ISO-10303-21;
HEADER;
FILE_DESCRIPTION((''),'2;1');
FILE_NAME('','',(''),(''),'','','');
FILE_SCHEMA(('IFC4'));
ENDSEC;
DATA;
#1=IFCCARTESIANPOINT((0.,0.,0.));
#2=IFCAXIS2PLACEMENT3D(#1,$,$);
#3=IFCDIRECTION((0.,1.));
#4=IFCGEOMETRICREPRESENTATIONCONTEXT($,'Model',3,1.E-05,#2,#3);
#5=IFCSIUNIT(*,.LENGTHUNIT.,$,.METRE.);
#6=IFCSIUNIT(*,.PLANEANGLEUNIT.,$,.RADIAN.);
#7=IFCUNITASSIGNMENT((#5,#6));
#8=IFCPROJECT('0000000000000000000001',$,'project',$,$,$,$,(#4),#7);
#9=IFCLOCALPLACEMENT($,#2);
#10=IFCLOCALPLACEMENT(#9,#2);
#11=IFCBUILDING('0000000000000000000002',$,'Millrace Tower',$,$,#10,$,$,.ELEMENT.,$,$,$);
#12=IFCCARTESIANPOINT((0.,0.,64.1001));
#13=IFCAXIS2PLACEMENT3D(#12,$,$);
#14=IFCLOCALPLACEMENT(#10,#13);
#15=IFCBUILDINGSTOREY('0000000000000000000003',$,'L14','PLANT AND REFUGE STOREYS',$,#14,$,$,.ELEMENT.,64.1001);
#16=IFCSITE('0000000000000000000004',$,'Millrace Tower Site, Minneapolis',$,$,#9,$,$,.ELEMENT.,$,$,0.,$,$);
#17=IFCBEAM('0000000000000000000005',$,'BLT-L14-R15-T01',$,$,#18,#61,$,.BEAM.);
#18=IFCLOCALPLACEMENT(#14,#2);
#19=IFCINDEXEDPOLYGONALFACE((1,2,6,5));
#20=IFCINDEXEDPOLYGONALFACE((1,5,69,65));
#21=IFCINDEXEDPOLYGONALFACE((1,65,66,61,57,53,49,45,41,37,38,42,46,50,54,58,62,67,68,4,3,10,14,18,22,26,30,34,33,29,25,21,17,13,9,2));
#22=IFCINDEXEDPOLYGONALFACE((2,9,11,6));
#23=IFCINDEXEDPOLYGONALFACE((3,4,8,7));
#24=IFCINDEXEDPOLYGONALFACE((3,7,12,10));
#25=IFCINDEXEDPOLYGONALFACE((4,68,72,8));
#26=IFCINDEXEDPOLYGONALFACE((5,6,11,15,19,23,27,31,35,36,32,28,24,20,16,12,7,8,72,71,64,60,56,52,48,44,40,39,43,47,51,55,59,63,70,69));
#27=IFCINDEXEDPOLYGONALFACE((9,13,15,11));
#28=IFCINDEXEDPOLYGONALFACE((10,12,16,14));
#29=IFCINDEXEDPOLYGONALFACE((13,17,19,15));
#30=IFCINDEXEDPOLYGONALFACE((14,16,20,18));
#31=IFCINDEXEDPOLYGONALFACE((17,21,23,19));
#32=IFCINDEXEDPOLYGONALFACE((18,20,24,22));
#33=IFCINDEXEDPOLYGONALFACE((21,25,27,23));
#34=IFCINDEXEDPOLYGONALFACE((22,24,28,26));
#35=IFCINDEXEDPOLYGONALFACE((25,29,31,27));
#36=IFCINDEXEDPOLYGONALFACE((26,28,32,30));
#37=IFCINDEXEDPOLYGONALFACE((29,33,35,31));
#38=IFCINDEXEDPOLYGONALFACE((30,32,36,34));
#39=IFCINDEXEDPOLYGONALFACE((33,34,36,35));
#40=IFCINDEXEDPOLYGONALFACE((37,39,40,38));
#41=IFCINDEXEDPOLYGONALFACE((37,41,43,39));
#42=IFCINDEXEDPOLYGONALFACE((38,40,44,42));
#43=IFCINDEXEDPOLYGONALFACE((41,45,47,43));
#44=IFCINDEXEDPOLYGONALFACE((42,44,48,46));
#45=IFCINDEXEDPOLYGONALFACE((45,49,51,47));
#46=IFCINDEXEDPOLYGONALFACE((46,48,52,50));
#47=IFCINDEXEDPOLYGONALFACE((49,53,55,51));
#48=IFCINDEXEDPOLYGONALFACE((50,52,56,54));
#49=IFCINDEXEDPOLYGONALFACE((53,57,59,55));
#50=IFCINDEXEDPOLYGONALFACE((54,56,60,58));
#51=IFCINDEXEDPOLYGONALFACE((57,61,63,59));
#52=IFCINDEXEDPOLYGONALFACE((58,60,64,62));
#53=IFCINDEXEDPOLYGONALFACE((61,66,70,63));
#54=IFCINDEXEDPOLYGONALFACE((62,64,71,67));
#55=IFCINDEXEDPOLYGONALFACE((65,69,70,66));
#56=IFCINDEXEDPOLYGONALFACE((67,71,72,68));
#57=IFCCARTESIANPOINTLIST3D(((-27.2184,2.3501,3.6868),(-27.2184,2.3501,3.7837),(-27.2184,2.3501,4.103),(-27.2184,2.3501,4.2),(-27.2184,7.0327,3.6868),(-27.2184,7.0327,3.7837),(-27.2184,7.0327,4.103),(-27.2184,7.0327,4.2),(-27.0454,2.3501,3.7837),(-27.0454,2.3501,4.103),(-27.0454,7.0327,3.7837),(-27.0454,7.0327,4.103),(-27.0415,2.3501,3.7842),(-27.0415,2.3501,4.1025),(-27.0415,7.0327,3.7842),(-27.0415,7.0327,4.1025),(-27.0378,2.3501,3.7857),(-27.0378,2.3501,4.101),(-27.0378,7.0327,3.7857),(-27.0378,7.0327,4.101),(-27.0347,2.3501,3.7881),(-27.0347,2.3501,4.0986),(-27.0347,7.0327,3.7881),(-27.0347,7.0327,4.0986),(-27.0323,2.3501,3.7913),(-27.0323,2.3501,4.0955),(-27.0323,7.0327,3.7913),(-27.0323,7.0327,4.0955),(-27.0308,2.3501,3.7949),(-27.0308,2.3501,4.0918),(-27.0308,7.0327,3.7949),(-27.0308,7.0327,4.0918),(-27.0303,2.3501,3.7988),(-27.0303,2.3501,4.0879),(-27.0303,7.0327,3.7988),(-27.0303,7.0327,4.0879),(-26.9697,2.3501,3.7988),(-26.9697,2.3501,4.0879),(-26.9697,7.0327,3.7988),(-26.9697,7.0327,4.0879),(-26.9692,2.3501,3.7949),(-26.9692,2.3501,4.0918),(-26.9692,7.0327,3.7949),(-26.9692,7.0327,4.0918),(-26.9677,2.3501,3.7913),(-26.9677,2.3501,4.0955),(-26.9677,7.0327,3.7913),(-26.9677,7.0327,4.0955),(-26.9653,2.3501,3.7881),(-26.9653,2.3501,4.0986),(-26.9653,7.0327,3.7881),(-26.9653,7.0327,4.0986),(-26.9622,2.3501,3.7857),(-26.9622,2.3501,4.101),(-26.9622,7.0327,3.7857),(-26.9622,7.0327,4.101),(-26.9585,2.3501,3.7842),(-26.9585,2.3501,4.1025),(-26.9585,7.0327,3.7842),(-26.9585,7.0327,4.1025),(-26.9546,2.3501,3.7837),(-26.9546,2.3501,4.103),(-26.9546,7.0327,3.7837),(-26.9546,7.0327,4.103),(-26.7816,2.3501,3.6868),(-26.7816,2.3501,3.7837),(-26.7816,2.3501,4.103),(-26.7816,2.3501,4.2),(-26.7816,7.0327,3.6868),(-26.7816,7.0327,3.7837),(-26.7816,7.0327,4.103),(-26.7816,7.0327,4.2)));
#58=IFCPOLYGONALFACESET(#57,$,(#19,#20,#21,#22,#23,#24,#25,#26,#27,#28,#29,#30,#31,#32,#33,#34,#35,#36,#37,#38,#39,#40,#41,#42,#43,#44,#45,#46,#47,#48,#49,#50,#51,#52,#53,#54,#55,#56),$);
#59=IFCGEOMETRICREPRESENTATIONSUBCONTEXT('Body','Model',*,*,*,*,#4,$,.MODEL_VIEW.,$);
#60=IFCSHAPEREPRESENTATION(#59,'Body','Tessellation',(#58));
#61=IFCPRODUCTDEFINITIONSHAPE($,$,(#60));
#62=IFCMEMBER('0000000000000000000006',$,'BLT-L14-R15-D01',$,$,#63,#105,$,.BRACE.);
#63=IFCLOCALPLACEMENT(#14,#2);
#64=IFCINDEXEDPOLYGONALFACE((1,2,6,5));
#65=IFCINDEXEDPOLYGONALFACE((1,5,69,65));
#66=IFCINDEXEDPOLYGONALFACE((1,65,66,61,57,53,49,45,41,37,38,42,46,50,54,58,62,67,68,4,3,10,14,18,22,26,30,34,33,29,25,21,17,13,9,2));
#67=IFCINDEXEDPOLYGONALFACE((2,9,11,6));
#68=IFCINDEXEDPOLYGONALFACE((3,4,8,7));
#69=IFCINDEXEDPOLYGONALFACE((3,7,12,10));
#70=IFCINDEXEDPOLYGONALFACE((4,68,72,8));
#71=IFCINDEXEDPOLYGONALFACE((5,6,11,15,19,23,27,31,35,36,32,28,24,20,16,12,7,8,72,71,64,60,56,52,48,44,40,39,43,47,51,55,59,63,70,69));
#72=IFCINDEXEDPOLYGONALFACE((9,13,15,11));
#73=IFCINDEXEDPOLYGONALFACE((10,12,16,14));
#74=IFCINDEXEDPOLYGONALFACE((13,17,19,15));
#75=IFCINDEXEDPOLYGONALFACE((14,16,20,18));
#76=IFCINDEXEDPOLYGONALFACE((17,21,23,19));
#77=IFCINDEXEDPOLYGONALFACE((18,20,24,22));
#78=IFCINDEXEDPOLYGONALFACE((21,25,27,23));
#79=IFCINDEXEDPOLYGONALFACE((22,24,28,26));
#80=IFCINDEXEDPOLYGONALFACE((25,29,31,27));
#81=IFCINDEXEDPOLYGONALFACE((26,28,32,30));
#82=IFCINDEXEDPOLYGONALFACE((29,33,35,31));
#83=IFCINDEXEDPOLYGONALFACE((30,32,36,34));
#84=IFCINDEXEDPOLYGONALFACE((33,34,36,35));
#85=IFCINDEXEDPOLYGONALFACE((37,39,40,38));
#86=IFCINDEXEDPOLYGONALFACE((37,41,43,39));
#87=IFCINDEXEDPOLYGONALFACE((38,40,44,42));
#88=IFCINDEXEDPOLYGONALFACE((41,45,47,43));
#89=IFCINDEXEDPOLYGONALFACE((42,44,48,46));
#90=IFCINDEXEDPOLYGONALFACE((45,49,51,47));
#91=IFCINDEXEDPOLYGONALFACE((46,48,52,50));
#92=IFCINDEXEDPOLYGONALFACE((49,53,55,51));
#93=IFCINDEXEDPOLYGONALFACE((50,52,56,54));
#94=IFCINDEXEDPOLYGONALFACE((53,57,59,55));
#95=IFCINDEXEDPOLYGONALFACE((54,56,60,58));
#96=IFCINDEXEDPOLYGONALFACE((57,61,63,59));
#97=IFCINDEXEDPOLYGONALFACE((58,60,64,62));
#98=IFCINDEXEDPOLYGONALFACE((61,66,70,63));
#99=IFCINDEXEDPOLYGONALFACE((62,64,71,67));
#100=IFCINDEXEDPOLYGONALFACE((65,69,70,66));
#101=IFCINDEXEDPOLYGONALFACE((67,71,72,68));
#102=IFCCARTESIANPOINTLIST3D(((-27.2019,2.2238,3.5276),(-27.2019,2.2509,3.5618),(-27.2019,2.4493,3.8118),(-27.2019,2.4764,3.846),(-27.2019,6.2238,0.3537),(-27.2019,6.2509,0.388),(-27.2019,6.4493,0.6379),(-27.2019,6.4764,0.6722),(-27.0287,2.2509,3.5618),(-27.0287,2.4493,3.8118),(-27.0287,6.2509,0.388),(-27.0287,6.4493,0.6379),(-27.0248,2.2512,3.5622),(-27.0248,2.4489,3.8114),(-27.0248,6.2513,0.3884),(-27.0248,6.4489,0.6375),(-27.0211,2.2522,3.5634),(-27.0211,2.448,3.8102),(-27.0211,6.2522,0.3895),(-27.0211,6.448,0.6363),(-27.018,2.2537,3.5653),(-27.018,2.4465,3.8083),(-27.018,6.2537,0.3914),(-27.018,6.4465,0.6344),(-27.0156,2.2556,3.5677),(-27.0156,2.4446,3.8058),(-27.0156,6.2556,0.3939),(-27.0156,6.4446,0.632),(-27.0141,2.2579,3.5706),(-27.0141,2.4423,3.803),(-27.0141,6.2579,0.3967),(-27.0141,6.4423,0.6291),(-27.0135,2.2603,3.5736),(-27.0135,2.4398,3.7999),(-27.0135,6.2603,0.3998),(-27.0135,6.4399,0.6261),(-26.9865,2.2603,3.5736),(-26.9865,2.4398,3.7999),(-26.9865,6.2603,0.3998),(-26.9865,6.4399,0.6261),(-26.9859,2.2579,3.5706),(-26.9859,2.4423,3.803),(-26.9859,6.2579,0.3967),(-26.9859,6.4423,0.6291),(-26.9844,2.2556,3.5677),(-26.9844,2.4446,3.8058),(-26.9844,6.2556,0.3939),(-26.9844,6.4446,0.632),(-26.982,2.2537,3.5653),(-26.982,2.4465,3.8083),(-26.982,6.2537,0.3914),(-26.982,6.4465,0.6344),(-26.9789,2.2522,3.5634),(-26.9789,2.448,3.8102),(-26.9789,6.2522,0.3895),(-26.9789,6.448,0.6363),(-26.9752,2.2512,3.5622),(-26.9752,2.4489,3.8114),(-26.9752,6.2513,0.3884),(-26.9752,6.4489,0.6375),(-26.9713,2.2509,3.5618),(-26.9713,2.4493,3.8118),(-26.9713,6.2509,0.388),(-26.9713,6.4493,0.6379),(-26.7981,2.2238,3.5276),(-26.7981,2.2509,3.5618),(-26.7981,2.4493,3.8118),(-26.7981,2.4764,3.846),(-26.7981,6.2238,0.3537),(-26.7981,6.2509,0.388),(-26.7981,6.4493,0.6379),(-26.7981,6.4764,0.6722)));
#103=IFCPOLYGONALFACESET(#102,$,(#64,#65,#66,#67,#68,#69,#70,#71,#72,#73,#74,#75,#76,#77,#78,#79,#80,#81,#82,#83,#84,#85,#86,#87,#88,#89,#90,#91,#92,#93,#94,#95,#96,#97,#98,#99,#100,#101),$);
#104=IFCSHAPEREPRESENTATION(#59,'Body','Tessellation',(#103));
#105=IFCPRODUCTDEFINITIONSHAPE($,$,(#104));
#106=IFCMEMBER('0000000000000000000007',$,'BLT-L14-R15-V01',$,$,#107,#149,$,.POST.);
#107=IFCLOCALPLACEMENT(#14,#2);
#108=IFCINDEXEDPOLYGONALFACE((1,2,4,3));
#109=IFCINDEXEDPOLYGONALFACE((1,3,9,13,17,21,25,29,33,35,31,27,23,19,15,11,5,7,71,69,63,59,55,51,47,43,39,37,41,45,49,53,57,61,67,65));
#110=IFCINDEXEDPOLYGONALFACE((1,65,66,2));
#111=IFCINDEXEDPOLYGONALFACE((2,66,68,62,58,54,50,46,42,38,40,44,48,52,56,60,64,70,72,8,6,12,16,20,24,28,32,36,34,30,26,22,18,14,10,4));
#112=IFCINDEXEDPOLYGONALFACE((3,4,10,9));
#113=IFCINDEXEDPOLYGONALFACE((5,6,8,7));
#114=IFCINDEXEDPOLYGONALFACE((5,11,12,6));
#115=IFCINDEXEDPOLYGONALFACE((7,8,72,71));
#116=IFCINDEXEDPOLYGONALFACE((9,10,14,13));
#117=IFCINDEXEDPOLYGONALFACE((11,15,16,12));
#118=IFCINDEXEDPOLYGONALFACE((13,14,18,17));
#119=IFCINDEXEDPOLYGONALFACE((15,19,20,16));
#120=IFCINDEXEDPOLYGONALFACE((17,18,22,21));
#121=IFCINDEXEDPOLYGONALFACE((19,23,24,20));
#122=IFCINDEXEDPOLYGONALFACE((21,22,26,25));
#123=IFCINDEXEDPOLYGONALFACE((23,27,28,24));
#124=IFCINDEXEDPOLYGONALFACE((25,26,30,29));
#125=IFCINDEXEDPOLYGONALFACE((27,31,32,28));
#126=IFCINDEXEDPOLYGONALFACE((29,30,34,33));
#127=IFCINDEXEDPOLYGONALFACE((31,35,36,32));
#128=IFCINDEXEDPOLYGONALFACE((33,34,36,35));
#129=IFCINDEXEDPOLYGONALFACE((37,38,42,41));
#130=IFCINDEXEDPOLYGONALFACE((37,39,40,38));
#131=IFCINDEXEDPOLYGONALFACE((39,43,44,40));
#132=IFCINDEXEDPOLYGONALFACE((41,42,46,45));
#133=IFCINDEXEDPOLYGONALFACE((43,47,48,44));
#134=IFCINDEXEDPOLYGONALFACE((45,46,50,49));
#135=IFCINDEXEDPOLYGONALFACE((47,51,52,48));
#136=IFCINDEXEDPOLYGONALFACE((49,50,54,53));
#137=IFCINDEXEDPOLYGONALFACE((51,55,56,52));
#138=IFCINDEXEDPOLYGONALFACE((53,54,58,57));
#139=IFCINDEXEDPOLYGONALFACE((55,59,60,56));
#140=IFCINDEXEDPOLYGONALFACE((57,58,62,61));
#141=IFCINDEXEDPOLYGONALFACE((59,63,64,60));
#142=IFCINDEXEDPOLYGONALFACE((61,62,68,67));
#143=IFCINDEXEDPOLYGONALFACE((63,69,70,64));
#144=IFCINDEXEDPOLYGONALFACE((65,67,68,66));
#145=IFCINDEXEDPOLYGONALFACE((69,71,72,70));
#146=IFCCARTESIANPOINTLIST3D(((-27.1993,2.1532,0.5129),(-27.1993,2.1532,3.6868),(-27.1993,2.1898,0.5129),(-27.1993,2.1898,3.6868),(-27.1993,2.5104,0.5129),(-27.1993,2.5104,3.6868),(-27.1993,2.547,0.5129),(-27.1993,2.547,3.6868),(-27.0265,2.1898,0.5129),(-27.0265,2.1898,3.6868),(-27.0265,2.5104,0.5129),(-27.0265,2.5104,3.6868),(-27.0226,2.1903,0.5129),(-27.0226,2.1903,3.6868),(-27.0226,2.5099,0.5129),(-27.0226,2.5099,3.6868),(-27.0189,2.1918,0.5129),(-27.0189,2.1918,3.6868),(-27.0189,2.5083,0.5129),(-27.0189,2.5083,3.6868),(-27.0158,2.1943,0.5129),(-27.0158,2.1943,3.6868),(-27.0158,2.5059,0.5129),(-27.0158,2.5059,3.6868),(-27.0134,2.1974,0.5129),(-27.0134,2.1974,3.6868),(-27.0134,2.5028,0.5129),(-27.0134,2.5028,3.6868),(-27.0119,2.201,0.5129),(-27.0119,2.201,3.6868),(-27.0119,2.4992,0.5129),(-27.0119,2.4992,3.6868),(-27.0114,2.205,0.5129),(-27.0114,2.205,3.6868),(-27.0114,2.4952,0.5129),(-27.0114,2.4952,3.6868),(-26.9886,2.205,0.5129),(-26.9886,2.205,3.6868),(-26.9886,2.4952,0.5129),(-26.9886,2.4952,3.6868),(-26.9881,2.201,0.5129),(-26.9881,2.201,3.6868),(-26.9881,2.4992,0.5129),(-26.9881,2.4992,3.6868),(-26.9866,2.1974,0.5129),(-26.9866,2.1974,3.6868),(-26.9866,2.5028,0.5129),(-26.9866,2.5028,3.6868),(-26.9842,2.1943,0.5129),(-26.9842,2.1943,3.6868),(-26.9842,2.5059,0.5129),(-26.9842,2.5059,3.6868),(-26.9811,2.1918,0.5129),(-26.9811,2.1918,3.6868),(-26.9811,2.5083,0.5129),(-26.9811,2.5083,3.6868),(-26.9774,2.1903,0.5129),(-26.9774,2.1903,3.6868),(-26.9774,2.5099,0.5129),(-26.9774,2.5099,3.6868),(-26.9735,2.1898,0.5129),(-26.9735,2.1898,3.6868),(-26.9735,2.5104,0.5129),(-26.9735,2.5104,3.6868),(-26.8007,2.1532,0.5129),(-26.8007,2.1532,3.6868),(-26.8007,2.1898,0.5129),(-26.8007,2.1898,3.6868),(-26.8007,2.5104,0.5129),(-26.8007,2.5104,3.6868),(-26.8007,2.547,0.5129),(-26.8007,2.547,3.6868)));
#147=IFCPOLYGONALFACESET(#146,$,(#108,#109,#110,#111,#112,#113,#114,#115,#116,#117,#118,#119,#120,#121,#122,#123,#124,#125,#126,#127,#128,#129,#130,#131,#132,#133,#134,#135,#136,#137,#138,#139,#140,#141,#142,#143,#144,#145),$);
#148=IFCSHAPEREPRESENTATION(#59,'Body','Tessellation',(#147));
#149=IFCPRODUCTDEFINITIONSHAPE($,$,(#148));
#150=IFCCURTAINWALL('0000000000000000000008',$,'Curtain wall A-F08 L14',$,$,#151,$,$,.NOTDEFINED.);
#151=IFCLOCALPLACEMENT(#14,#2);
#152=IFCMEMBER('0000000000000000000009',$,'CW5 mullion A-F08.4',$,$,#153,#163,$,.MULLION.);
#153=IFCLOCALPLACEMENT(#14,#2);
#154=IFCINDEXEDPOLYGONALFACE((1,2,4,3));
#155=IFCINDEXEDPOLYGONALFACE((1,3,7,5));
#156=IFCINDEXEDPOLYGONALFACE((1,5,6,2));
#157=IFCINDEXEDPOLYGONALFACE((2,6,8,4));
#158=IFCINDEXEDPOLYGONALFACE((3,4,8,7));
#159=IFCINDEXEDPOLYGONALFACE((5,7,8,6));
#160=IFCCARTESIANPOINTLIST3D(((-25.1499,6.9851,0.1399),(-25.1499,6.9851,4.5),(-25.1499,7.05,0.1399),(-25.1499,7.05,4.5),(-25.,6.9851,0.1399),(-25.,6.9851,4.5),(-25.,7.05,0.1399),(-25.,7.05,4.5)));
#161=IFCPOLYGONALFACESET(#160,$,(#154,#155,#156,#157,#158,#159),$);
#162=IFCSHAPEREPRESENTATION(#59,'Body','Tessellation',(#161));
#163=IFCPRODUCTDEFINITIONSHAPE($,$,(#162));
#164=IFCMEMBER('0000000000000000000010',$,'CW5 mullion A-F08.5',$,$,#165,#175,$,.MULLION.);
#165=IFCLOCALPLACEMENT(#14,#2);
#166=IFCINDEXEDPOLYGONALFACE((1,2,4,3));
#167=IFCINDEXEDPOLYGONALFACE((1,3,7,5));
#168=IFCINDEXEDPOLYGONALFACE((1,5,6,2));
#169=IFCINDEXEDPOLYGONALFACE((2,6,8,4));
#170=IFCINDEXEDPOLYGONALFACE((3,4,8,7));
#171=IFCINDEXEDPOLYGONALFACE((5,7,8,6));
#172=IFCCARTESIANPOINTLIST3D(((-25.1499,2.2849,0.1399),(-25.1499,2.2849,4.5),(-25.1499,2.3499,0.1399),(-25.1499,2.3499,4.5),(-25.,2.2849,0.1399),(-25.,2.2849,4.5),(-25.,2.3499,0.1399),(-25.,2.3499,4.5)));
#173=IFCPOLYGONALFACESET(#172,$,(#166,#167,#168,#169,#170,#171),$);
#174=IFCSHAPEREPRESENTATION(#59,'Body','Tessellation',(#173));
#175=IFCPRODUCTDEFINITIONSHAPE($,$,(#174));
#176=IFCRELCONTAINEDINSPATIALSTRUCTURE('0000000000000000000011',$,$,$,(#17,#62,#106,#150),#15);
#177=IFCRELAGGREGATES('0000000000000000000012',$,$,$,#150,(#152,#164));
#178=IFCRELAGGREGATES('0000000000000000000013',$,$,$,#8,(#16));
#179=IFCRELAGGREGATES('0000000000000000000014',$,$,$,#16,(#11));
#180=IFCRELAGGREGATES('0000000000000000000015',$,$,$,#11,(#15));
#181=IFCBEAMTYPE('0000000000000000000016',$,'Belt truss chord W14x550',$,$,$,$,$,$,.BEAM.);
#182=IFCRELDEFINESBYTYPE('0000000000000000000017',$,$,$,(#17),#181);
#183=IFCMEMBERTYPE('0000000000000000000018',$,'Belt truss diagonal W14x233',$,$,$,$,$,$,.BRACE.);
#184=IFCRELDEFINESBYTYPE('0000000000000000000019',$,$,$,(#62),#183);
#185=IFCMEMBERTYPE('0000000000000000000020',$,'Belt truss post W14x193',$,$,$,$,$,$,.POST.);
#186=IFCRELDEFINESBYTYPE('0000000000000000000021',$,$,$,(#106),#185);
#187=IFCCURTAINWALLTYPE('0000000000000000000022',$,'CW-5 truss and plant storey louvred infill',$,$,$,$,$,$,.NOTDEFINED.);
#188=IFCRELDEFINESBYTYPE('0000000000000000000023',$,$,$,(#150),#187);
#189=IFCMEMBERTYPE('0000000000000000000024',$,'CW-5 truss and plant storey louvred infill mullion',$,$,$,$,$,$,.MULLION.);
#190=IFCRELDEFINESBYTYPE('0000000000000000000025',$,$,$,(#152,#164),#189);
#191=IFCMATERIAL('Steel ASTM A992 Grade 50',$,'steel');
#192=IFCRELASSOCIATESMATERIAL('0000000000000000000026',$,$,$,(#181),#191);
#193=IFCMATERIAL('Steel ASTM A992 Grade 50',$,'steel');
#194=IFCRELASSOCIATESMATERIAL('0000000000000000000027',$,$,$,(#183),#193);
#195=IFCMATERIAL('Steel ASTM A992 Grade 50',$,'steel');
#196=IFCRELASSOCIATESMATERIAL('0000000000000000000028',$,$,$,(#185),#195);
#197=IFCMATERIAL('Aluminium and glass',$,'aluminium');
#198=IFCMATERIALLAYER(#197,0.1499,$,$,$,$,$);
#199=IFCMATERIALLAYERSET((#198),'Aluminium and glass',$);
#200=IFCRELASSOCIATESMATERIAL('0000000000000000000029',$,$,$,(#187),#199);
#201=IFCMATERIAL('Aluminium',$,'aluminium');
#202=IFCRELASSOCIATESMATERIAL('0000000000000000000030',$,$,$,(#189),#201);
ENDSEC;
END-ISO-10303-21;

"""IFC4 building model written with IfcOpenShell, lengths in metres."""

from ifc_helpers import new_model, si_unit, direction, frame, origin, origin_2d, place, context, subcontext, project, spatial, rectangle, i_section, extrude, material, layer, layer_set, material_profile, profile_set, type_object, element, aggregate, save


model = new_model("IFC4")

# Units and contexts
model_context = context("Model", 3, precision=1e-05, world=origin(), true_north=direction((0.0, 1.0)))
body_context = subcontext(model_context, "Body", "Model", "MODEL_VIEW")
ifc_project = project(units=[si_unit("LENGTHUNIT", "METRE"), si_unit("PLANEANGLEUNIT", "RADIAN")], contexts=[model_context])

# Site, building, storey
site_placement = place(None, origin())
site = spatial("IfcSite", under=ifc_project, at=site_placement, Name="Millrace Tower Site, Minneapolis", CompositionType="ELEMENT", RefElevation=0.0)
building_placement = place(site_placement, origin())
building = spatial("IfcBuilding", under=site, at=building_placement, Name="Millrace Tower", CompositionType="ELEMENT")
storey_placement = place(building_placement, frame((0.0, 0.0, 64.1001)))
storey = spatial("IfcBuildingStorey", under=building, at=storey_placement, Name="L14", Description="PLANT AND REFUGE STOREYS", CompositionType="ELEMENT", Elevation=64.1001)

# Beam
ifc_material_1 = material(Name="Steel ASTM A992 Grade 50", Category="steel")
ifc_material_profile_1 = material_profile(ifc_material_1, i_section(OverallWidth=0.4368, OverallDepth=0.5132, WebThickness=0.0605, FlangeThickness=0.0969, FilletRadius=0.0151, at=origin_2d()))
ifc_profile_set_1 = profile_set([ifc_material_profile_1], Name="Steel ASTM A992 Grade 50")
beam_type_1 = type_object("IfcBeamType", Name="Belt truss chord W14x550", PredefinedType="BEAM", material=ifc_profile_set_1)
beam_1_placement = place(storey_placement, frame((-27.0, 7.0327, 3.9434), z_axis=(0.0, -1.0, 0.0), x_axis=(1.0, 0.0, 0.0)))
element("IfcBeam", 1, at=beam_1_placement, inside=storey, type_object=beam_type_1, Name="BLT-L14-R15-T01", PredefinedType="BEAM", context=body_context, shape_type="SweptSolid", body=[
    extrude(i_section(OverallWidth=0.4368, OverallDepth=0.5132, WebThickness=0.0605, FlangeThickness=0.0969, FilletRadius=0.0151, at=origin_2d()), origin(), (0.0, 0.0, 1.0), 4.6826),
])

# Members
ifc_material_2 = material(Name="Steel ASTM A992 Grade 50", Category="steel")
ifc_material_profile_2 = material_profile(ifc_material_2, i_section(OverallWidth=0.4038, OverallDepth=0.4065, WebThickness=0.0271, FlangeThickness=0.0437, FilletRadius=0.0151, at=origin_2d()))
ifc_profile_set_2 = profile_set([ifc_material_profile_2], Name="Steel ASTM A992 Grade 50")
member_type_1 = type_object("IfcMemberType", Name="Belt truss diagonal W14x233", PredefinedType="BRACE", material=ifc_profile_set_2)
member_1_placement = place(storey_placement, frame((-27.0, 6.3501, 0.5129), z_axis=(0.0, -0.783363, 0.621565), x_axis=(1.0, 0.0, 0.0)))
element("IfcMember", 2, at=member_1_placement, inside=storey, type_object=member_type_1, Name="BLT-L14-R15-D01", PredefinedType="BRACE", context=body_context, shape_type="SweptSolid", body=[
    extrude(i_section(OverallWidth=0.4038, OverallDepth=0.4065, WebThickness=0.0271, FlangeThickness=0.0437, FilletRadius=0.0151, at=origin_2d()), origin(), (0.0, 0.0, 1.0), 5.1062),
])
ifc_material_3 = material(Name="Steel ASTM A992 Grade 50", Category="steel")
ifc_material_profile_3 = material_profile(ifc_material_3, i_section(OverallWidth=0.3987, OverallDepth=0.3938, WebThickness=0.0227, FlangeThickness=0.0366, FilletRadius=0.0151, at=origin_2d()))
ifc_profile_set_3 = profile_set([ifc_material_profile_3], Name="Steel ASTM A992 Grade 50")
member_type_2 = type_object("IfcMemberType", Name="Belt truss post W14x193", PredefinedType="POST", material=ifc_profile_set_3)
member_2_placement = place(storey_placement, frame((-27.0, 2.3501, 0.5129), z_axis=(0.0, 0.0, 1.0), x_axis=(1.0, 0.0, 0.0)))
element("IfcMember", 3, at=member_2_placement, inside=storey, type_object=member_type_2, Name="BLT-L14-R15-V01", PredefinedType="POST", context=body_context, shape_type="SweptSolid", body=[
    extrude(i_section(OverallWidth=0.3987, OverallDepth=0.3938, WebThickness=0.0227, FlangeThickness=0.0366, FilletRadius=0.0151, at=origin_2d()), origin(), (0.0, 0.0, 1.0), 3.1738),
])

# Curtain wall, members
ifc_material_4 = material(Name="Aluminium and glass", Category="aluminium")
ifc_layer_1 = layer(ifc_material_4, 0.1499)
ifc_layer_set_1 = layer_set([ifc_layer_1], Name="Aluminium and glass")
curtain_wall_type = type_object("IfcCurtainWallType", Name="CW-5 truss and plant storey louvred infill", PredefinedType="NOTDEFINED", material=ifc_layer_set_1)
curtain_wall_placement = place(storey_placement, origin())
curtain_wall = element("IfcCurtainWall", 4, at=curtain_wall_placement, inside=storey, type_object=curtain_wall_type, Name="Curtain wall A-F08 L14", PredefinedType="NOTDEFINED")
ifc_material_5 = material(Name="Aluminium", Category="aluminium")
ifc_material_profile_4 = material_profile(ifc_material_5, rectangle(XDim=0.0649, YDim=0.1499, at=origin_2d()))
ifc_profile_set_4 = profile_set([ifc_material_profile_4], Name="Aluminium")
member_type_3 = type_object("IfcMemberType", Name="CW-5 truss and plant storey louvred infill mullion", PredefinedType="MULLION", material=ifc_profile_set_4)
member_3_placement = place(storey_placement, frame((-25.075, 7.0176, 0.1399), z_axis=(0.0, 0.0, 1.0), x_axis=(0.0, -1.0, 0.0)))
member_3 = element("IfcMember", 5, at=member_3_placement, type_object=member_type_3, Name="CW5 mullion A-F08.4", PredefinedType="MULLION", context=body_context, shape_type="SweptSolid", body=[
    extrude(rectangle(XDim=0.0649, YDim=0.1499, at=origin_2d()), origin(), (0.0, 0.0, 1.0), 4.3601),
])
member_4_placement = place(storey_placement, frame((-25.075, 2.3174, 0.1399), z_axis=(0.0, 0.0, 1.0), x_axis=(0.0, -1.0, 0.0)))
member_4 = element("IfcMember", 6, at=member_4_placement, type_object=member_type_3, Name="CW5 mullion A-F08.5", PredefinedType="MULLION", context=body_context, shape_type="SweptSolid", body=[
    extrude(rectangle(XDim=0.0649, YDim=0.1499, at=origin_2d()), origin(), (0.0, 0.0, 1.0), 4.3601),
])
aggregate(curtain_wall, [member_3, member_4])

save(model, "model.ifc")
